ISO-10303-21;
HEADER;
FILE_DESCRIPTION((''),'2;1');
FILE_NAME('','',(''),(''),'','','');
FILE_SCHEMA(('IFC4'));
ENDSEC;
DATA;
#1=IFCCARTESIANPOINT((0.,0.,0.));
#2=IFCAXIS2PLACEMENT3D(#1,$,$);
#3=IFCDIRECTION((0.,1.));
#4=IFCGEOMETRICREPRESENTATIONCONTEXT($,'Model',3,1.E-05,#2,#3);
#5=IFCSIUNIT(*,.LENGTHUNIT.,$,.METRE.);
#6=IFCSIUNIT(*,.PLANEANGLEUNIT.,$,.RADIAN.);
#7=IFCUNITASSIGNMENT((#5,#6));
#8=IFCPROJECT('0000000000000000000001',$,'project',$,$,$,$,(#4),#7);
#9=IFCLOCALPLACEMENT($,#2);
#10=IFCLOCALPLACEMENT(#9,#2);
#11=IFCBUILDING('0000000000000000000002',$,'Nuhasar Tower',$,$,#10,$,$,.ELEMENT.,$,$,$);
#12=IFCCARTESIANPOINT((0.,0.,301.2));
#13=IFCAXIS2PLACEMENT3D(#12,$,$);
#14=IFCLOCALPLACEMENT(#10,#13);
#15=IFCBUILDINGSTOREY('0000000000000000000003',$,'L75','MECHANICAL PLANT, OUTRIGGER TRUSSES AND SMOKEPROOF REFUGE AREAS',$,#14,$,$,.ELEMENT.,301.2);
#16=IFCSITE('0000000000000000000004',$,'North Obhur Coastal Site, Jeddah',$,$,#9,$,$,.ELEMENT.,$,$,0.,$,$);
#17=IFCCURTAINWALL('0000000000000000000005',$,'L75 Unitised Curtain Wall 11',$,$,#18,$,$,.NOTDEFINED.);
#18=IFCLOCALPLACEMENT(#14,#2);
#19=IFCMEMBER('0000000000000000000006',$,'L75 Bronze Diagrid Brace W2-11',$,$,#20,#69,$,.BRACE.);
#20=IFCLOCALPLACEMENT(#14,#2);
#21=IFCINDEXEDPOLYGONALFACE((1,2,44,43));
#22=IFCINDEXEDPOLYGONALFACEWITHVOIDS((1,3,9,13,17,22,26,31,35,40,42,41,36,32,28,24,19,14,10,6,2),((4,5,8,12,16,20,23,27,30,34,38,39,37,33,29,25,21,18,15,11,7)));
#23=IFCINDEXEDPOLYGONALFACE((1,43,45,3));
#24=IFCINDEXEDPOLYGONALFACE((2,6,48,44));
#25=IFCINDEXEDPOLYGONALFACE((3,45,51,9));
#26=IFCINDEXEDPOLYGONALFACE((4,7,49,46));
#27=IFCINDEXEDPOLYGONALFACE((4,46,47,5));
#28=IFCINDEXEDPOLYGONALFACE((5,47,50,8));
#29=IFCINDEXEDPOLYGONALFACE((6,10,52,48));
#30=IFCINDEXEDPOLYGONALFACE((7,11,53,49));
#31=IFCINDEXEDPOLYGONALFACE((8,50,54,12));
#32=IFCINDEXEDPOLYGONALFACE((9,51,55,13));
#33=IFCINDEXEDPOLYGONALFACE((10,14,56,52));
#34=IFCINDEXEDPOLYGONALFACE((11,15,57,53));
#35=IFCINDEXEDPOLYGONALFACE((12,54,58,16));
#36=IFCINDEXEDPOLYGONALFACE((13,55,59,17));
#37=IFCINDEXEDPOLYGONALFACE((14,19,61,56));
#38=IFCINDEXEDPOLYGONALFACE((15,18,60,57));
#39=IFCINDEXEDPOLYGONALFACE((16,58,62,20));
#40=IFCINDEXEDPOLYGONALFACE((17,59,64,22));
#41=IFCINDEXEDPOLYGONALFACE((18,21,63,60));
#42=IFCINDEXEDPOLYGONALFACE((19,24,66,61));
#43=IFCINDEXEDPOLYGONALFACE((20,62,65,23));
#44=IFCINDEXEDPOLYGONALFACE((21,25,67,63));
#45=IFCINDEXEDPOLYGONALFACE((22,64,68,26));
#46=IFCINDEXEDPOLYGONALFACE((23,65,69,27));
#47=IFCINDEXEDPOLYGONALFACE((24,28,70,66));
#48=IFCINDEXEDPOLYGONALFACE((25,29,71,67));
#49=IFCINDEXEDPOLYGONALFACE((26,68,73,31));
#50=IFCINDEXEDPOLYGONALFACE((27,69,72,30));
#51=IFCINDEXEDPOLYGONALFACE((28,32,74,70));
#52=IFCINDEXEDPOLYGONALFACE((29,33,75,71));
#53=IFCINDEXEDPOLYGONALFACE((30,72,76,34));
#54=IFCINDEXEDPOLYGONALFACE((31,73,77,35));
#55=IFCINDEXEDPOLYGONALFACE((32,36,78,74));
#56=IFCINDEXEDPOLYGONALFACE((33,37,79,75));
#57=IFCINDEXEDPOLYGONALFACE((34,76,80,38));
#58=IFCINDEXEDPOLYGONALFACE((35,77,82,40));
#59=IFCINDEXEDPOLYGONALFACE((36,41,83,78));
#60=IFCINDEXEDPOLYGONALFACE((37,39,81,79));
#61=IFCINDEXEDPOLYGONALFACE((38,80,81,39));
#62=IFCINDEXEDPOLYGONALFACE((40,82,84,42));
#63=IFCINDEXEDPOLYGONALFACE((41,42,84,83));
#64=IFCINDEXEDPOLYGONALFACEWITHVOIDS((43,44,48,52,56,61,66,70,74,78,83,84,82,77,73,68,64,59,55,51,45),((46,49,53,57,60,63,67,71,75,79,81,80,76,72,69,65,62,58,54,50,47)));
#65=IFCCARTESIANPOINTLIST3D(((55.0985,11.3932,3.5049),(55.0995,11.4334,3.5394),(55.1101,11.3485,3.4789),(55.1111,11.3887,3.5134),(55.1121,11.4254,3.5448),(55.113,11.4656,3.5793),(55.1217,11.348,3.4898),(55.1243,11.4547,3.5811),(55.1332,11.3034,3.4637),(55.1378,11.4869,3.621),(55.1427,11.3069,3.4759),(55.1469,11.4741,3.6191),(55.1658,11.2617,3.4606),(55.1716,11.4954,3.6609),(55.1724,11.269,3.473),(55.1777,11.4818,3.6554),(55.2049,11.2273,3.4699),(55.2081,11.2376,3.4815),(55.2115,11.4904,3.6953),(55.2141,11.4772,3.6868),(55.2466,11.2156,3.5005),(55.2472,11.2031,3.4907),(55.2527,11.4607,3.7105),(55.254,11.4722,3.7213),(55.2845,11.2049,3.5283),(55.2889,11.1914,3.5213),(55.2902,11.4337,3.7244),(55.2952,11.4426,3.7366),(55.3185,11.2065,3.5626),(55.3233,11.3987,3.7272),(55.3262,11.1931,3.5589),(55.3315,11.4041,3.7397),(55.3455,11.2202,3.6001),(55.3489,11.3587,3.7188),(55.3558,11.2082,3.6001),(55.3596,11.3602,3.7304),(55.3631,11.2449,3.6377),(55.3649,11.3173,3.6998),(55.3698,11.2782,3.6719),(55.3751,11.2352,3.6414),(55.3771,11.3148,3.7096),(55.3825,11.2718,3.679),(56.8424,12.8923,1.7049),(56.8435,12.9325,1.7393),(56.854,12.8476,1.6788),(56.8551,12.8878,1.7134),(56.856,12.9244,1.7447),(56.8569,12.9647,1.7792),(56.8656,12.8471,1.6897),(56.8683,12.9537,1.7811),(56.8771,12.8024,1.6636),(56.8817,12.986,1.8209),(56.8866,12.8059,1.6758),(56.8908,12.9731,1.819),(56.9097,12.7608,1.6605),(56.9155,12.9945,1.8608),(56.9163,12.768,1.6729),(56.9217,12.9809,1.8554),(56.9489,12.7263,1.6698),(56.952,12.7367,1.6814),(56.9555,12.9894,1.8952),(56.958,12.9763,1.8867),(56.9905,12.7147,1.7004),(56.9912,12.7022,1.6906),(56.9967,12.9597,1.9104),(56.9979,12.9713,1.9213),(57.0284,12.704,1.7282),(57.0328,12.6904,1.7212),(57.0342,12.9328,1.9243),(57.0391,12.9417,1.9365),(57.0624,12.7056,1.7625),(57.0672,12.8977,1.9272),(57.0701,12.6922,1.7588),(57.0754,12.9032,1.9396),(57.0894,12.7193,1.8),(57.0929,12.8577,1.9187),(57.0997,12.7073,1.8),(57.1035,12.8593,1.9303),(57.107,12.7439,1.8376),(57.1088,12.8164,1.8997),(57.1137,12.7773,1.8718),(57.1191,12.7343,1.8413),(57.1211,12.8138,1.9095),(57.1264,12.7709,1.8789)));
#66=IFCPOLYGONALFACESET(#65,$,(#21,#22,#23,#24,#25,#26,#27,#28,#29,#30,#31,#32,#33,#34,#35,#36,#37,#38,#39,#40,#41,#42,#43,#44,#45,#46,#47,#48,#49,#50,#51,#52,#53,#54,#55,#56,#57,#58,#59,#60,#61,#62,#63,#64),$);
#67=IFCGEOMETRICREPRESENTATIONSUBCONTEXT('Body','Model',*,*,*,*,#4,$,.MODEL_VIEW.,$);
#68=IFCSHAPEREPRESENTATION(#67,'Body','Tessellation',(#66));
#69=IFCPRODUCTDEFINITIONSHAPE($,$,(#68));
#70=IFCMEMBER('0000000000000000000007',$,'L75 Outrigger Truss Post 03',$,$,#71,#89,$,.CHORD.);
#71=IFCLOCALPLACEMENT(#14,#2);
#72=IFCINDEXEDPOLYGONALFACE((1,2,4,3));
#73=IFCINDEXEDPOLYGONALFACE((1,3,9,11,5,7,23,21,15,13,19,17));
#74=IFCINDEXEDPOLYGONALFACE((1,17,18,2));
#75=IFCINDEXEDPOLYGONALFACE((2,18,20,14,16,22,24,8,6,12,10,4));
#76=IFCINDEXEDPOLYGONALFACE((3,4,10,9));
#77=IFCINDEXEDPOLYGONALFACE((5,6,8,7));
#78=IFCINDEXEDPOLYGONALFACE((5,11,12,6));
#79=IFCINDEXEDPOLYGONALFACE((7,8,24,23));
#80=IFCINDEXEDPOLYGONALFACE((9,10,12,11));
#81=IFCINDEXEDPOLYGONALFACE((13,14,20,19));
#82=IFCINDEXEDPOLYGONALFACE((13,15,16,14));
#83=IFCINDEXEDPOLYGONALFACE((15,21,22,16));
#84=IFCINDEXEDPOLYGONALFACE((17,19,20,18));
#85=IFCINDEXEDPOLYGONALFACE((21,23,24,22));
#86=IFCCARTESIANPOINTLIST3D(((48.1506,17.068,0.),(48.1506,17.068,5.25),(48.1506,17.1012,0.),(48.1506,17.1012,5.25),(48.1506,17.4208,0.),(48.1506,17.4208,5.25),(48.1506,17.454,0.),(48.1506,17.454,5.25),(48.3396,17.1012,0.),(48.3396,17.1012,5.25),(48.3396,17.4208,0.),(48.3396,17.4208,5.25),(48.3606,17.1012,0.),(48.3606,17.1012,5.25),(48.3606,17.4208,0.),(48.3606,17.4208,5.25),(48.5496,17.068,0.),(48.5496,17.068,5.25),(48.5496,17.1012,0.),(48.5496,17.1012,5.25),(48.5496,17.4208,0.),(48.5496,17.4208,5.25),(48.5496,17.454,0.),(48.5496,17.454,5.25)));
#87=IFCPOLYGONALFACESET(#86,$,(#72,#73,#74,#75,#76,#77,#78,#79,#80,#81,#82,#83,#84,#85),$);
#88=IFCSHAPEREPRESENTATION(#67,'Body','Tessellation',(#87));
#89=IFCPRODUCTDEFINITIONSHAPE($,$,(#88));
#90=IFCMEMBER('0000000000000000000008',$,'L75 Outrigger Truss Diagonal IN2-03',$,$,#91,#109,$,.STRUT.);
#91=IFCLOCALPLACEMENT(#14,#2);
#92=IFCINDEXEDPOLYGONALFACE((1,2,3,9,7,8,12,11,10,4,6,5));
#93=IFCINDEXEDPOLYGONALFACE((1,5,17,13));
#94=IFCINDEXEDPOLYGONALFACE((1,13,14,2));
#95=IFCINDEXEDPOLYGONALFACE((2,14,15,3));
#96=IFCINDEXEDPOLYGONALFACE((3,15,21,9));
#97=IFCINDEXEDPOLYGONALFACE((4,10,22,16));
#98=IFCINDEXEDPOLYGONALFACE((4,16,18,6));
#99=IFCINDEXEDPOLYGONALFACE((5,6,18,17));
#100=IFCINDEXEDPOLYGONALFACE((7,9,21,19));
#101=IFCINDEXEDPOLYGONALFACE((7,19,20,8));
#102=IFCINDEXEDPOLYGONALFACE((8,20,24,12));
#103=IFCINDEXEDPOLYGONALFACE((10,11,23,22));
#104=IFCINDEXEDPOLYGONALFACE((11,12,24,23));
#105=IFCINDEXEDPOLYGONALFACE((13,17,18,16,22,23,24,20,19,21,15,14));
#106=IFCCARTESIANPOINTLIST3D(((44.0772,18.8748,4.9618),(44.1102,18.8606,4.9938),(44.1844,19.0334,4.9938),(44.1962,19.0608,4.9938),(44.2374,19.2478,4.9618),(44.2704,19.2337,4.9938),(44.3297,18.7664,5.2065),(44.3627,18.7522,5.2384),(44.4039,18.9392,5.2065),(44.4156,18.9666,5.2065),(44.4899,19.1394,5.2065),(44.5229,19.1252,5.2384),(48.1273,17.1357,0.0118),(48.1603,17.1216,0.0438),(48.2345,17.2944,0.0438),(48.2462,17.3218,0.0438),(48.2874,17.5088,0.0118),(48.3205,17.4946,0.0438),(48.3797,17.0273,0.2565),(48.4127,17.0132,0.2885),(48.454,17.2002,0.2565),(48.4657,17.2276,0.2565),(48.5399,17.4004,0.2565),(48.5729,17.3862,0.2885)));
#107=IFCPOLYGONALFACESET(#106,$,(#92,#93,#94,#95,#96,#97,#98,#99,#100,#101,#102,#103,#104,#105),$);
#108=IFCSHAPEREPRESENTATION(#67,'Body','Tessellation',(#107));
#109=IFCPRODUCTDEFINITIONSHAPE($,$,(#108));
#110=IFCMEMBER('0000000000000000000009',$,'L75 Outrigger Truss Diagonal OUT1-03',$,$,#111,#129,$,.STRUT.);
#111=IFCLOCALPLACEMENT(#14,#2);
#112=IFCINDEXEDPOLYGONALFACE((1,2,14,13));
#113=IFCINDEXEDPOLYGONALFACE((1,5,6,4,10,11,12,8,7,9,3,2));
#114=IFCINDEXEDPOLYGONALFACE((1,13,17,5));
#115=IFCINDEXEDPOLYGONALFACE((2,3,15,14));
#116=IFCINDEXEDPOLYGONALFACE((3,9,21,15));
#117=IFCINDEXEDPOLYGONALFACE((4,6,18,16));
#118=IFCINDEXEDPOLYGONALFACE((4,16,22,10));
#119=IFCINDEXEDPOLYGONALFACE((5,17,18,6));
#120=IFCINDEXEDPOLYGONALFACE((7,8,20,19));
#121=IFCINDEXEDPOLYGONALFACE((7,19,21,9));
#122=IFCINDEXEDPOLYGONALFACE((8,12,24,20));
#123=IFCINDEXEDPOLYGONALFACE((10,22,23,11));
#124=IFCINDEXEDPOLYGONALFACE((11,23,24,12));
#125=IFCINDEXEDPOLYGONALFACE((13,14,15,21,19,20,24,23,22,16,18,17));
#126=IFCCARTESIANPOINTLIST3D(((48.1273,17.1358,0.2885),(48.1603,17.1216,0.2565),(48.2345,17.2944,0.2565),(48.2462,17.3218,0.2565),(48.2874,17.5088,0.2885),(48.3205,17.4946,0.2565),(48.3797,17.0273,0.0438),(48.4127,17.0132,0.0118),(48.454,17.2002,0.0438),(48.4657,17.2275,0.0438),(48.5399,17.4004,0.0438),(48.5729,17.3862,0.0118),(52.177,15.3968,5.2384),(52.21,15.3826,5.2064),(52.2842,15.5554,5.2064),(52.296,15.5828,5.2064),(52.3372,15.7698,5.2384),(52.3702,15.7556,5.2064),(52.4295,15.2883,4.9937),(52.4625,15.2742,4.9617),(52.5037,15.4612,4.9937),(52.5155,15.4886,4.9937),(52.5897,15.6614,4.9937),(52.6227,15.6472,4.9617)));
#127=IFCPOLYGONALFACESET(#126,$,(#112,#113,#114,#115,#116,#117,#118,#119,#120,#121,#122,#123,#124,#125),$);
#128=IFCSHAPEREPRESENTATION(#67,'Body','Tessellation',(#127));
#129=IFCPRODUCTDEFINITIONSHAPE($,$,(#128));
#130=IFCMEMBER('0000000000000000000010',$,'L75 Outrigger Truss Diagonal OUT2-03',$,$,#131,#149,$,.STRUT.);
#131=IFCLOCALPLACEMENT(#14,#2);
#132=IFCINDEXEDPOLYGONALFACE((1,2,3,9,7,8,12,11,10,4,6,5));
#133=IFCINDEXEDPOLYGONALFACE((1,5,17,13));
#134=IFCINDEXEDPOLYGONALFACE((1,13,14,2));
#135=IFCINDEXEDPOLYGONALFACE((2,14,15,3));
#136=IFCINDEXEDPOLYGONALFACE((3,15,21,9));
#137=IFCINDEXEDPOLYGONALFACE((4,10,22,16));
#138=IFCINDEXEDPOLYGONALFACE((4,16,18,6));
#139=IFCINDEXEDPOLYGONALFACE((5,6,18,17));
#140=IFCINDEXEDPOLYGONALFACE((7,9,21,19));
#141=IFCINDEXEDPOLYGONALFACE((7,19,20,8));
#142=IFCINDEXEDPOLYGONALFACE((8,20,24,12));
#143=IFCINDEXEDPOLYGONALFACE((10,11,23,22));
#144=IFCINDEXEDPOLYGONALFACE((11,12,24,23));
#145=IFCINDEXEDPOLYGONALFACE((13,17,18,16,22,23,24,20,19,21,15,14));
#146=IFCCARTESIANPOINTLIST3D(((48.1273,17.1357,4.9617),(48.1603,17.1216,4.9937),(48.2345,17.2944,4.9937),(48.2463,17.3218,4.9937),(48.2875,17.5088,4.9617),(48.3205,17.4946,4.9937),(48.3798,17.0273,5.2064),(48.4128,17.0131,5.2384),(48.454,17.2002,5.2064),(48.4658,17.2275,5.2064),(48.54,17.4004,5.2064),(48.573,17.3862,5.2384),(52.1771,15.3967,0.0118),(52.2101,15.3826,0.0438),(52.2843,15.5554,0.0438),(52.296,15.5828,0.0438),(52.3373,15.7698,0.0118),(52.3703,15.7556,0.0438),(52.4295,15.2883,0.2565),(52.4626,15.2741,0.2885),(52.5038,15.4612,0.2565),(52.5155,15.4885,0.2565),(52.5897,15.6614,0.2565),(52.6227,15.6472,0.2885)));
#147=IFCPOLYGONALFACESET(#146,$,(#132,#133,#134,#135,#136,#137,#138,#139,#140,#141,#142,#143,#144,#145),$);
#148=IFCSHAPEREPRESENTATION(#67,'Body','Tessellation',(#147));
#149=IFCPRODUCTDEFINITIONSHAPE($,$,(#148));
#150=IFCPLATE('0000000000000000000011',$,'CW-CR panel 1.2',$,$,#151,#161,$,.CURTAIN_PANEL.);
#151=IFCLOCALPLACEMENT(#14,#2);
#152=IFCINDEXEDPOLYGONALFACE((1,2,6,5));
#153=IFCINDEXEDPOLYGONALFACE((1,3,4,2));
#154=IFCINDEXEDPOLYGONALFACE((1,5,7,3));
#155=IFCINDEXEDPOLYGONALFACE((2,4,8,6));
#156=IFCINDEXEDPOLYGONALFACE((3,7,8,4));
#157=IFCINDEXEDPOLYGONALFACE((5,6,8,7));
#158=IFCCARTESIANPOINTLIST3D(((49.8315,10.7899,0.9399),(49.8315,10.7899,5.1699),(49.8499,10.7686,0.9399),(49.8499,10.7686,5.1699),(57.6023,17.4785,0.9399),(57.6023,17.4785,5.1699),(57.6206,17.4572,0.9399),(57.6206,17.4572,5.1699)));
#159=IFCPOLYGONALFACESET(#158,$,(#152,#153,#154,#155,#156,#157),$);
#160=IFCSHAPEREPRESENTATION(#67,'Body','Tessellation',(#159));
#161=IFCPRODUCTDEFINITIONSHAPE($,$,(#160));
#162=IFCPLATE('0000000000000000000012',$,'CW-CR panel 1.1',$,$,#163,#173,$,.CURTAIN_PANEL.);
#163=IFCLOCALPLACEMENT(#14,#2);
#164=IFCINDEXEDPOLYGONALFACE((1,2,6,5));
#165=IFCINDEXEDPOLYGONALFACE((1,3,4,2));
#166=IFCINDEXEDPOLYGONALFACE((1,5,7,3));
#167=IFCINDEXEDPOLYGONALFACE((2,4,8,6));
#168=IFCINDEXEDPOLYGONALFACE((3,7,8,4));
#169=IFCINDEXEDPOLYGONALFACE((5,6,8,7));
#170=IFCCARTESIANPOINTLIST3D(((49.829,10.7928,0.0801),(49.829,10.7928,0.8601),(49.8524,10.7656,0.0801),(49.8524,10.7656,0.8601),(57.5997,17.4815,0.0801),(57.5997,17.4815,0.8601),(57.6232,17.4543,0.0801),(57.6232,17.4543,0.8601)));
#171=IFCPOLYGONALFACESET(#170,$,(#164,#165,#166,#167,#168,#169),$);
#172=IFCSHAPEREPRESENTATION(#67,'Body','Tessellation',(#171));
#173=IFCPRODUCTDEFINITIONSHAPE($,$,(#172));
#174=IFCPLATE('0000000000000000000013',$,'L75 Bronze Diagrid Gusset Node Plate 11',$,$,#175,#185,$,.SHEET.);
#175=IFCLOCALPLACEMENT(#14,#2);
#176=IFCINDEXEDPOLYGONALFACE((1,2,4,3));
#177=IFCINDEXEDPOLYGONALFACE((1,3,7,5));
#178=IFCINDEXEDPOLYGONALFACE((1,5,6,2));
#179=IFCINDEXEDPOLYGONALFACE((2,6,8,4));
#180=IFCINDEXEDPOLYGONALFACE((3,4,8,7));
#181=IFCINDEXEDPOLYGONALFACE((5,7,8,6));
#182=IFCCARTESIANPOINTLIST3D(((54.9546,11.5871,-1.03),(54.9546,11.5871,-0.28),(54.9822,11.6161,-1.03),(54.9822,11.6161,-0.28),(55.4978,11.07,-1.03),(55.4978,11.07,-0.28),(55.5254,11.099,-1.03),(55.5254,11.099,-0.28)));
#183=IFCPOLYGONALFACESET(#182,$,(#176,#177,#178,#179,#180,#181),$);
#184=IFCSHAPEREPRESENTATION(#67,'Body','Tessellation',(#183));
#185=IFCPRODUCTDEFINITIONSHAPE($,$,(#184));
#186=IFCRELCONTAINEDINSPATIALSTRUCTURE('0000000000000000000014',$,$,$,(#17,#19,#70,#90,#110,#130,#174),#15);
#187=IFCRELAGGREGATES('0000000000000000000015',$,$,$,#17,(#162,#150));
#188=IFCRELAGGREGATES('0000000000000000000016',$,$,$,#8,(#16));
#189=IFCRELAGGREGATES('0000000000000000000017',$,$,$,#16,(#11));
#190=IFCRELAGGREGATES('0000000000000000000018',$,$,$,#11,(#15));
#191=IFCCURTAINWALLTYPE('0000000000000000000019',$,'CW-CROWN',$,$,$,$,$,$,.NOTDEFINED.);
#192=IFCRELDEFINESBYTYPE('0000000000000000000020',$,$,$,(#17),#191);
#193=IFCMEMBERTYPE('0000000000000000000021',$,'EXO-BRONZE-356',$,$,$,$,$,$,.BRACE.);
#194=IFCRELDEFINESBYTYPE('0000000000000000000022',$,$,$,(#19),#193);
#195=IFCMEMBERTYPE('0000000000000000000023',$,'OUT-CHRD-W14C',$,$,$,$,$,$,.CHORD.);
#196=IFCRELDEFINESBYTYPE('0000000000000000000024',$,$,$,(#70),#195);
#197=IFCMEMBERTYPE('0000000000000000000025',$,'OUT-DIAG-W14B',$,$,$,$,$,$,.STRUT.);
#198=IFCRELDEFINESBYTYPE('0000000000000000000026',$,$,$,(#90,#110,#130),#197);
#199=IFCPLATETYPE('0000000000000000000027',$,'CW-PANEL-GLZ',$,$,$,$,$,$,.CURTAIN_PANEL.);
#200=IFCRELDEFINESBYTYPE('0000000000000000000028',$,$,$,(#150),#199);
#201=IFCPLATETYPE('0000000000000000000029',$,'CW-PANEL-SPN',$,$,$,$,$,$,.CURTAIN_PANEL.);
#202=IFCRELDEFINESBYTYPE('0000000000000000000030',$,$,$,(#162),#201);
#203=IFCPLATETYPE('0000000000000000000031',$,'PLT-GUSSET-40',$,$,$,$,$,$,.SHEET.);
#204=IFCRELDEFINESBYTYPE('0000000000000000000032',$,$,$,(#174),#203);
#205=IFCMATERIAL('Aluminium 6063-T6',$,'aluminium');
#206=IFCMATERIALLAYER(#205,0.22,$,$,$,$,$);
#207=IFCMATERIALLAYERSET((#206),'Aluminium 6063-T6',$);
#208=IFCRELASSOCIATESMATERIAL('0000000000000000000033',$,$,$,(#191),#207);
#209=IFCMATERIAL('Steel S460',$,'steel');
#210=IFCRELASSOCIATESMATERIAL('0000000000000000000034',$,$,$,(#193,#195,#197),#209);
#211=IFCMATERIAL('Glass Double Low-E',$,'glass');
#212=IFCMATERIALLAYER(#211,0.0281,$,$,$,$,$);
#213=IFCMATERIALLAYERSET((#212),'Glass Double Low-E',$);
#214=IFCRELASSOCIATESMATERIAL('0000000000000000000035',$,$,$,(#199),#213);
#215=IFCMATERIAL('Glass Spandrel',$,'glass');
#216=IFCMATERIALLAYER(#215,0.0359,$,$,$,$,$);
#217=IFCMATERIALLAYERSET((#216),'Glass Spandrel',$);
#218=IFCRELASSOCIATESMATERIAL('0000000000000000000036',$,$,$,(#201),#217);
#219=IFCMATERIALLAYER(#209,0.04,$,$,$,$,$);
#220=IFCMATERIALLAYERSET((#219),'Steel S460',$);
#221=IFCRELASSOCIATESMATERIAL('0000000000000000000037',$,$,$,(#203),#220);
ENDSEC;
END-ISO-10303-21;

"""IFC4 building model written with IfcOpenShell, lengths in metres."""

from ifc_helpers import new_model, si_unit, direction, frame, origin, origin_2d, place, context, subcontext, project, spatial, rectangle, hollow_circle, i_section, extrude, material, layer, layer_set, material_profile, profile_set, type_object, element, aggregate, save


model = new_model("IFC4")

# Units and contexts
model_context = context("Model", 3, precision=1e-05, world=origin(), true_north=direction((0.0, 1.0)))
body_context = subcontext(model_context, "Body", "Model", "MODEL_VIEW")
ifc_project = project(units=[si_unit("LENGTHUNIT", "METRE"), si_unit("PLANEANGLEUNIT", "RADIAN")], contexts=[model_context])

# Site, building, storey
site_placement = place(None, origin())
site = spatial("IfcSite", under=ifc_project, at=site_placement, Name="North Obhur Coastal Site, Jeddah", CompositionType="ELEMENT", RefElevation=0.0)
building_placement = place(site_placement, origin())
building = spatial("IfcBuilding", under=site, at=building_placement, Name="Nuhasar Tower", CompositionType="ELEMENT")
storey_placement = place(building_placement, frame((0.0, 0.0, 301.2)))
storey = spatial("IfcBuildingStorey", under=building, at=storey_placement, Name="L75", Description="MECHANICAL PLANT, OUTRIGGER TRUSSES AND SMOKEPROOF REFUGE AREAS", CompositionType="ELEMENT", Elevation=301.2)

# Shared definitions
ifc_material_1 = material(Name="Steel S460", Category="steel")

# Shared definitions
ifc_material_2 = material(Name="Aluminium 6063-T6", Category="aluminium")
ifc_layer_1 = layer(ifc_material_2, 0.22)
ifc_layer_set_1 = layer_set([ifc_layer_1], Name="Aluminium 6063-T6")
curtain_wall_type = type_object("IfcCurtainWallType", Name="CW-CROWN", PredefinedType="NOTDEFINED", material=ifc_layer_set_1)

# Curtain wall
curtain_wall_1_placement = place(storey_placement, origin())
curtain_wall_1 = element("IfcCurtainWall", 1, at=curtain_wall_1_placement, inside=storey, type_object=curtain_wall_type, Name="L75 Unitised Curtain Wall 11", PredefinedType="NOTDEFINED")

# Members
ifc_material_profile_1 = material_profile(ifc_material_1, hollow_circle(Radius=0.1777, WallThickness=0.0159, at=origin_2d()), Name="HSS355.6X15.9")
ifc_profile_set_1 = profile_set([ifc_material_profile_1], Name="Steel S460")
member_type_1 = type_object("IfcMemberType", Name="EXO-BRONZE-356", PredefinedType="BRACE", material=ifc_profile_set_1)
for number, where, z_axis, x_axis, name in (
    (2, (56.9839, 12.842, 1.8), (-0.597154, -0.513303, 0.616382), (0.651857, -0.758342, 0.0), "L75 Bronze Diagrid Brace W2-11"),
):
    element("IfcMember", number, at=place(storey_placement, frame(where, z_axis=z_axis, x_axis=x_axis)), inside=storey, type_object=member_type_1, Name=name, PredefinedType="BRACE", context=body_context, shape_type="SweptSolid", body=[
        extrude(hollow_circle(Radius=0.1777, WallThickness=0.0159, at=origin_2d()), origin(), (0.0, 0.0, 1.0), 2.9204),
    ])
ifc_material_profile_2 = material_profile(ifc_material_1, i_section(OverallWidth=0.3989, OverallDepth=0.386, WebThickness=0.021, FlangeThickness=0.0332, at=origin_2d()), Name="W14X176")
ifc_profile_set_2 = profile_set([ifc_material_profile_2], Name="Steel S460")
member_type_2 = type_object("IfcMemberType", Name="OUT-CHRD-W14C", PredefinedType="CHORD", material=ifc_profile_set_2)
member_1_placement = place(storey_placement, frame((48.3501, 17.261, 0.0), z_axis=(0.0, 0.0, 1.0), x_axis=(1.0, 0.0, 0.0)))
element("IfcMember", 3, at=member_1_placement, inside=storey, type_object=member_type_2, Name="L75 Outrigger Truss Post 03", PredefinedType="CHORD", context=body_context, shape_type="SweptSolid", body=[
    extrude(i_section(OverallWidth=0.3989, OverallDepth=0.386, WebThickness=0.021, FlangeThickness=0.0332, at=origin_2d()), origin(), (0.0, 0.0, 1.0), 5.25),
])
ifc_material_profile_3 = material_profile(ifc_material_1, i_section(OverallWidth=0.406, OverallDepth=0.416, WebThickness=0.0298, FlangeThickness=0.0481, at=origin_2d()), Name="W14X257")
ifc_profile_set_3 = profile_set([ifc_material_profile_3], Name="Steel S460")
member_type_3 = type_object("IfcMemberType", Name="OUT-DIAG-W14B", PredefinedType="STRUT", material=ifc_profile_set_3)
member_2_placement = place(storey_placement, frame((48.3501, 17.261, 0.1501), z_axis=(-0.61106, 0.262378, 0.746835), x_axis=(-0.394548, -0.918876, 0.0)))
element("IfcMember", 4, at=member_2_placement, inside=storey, type_object=member_type_3, Name="L75 Outrigger Truss Diagonal IN2-03", PredefinedType="STRUT", context=body_context, shape_type="SweptSolid", body=[
    extrude(i_section(OverallWidth=0.406, OverallDepth=0.416, WebThickness=0.0298, FlangeThickness=0.0481, at=origin_2d()), origin(), (0.0, 0.0, 1.0), 6.6279),
])
for number, where, z_axis, x_axis, name in (
    (5, (48.3501, 17.261, 0.1501), (0.611037, -0.262384, 0.746852), (0.394568, 0.918867, 0.0), "L75 Outrigger Truss Diagonal OUT1-03"),
    (6, (52.3999, 15.522, 0.1501), (-0.611037, 0.262384, 0.746852), (-0.394568, -0.918867, 0.0), "L75 Outrigger Truss Diagonal OUT2-03"),
):
    element("IfcMember", number, at=place(storey_placement, frame(where, z_axis=z_axis, x_axis=x_axis)), inside=storey, type_object=member_type_3, Name=name, PredefinedType="STRUT", context=body_context, shape_type="SweptSolid", body=[
        extrude(i_section(OverallWidth=0.406, OverallDepth=0.416, WebThickness=0.0298, FlangeThickness=0.0481, at=origin_2d()), origin(), (0.0, 0.0, 1.0), 6.6277),
    ])

# Plates
ifc_material_3 = material(Name="Glass Double Low-E", Category="glass")
ifc_layer_2 = layer(ifc_material_3, 0.0281)
ifc_layer_set_2 = layer_set([ifc_layer_2], Name="Glass Double Low-E")
plate_type_1 = type_object("IfcPlateType", Name="CW-PANEL-GLZ", PredefinedType="CURTAIN_PANEL", material=ifc_layer_set_2)
plate_1_placement = place(storey_placement, frame((53.7261, 14.1235, 0.9399), z_axis=(0.0, 0.0, 1.0), x_axis=(0.757906, 0.652364, 0.0)))
plate_1 = element("IfcPlate", 7, at=plate_1_placement, type_object=plate_type_1, Name="CW-CR panel 1.2", PredefinedType="CURTAIN_PANEL", context=body_context, shape_type="SweptSolid", body=[
    extrude(rectangle(XDim=10.2529, YDim=0.0281, at=origin_2d()), origin(), (0.0, 0.0, 1.0), 4.23),
])
ifc_material_4 = material(Name="Glass Spandrel", Category="glass")
ifc_layer_3 = layer(ifc_material_4, 0.0359)
ifc_layer_set_3 = layer_set([ifc_layer_3], Name="Glass Spandrel")
plate_type_2 = type_object("IfcPlateType", Name="CW-PANEL-SPN", PredefinedType="CURTAIN_PANEL", material=ifc_layer_set_3)
plate_2_placement = place(storey_placement, frame((53.7261, 14.1235, 0.0801), z_axis=(0.0, 0.0, 1.0), x_axis=(0.757906, 0.652364, 0.0)))
plate_2 = element("IfcPlate", 8, at=plate_2_placement, type_object=plate_type_2, Name="CW-CR panel 1.1", PredefinedType="CURTAIN_PANEL", context=body_context, shape_type="SweptSolid", body=[
    extrude(rectangle(XDim=10.2529, YDim=0.0359, at=origin_2d()), origin(), (0.0, 0.0, 1.0), 0.78),
])
aggregate(curtain_wall_1, [plate_2, plate_1])
ifc_layer_4 = layer(ifc_material_1, 0.04)
ifc_layer_set_4 = layer_set([ifc_layer_4], Name="Steel S460")
plate_type_3 = type_object("IfcPlateType", Name="PLT-GUSSET-40", PredefinedType="SHEET", material=ifc_layer_set_4)
plate_3_placement = place(storey_placement, frame((55.24, 11.343, -1.03), z_axis=(0.0, 0.0, 1.0), x_axis=(0.724352, -0.68943, 0.0)))
element("IfcPlate", 9, at=plate_3_placement, inside=storey, type_object=plate_type_3, Name="L75 Bronze Diagrid Gusset Node Plate 11", PredefinedType="SHEET", context=body_context, shape_type="SweptSolid", body=[
    extrude(rectangle(XDim=0.75, YDim=0.04, at=origin_2d()), origin(), (0.0, 0.0, 1.0), 0.75),
])

save(model, "model.ifc")
